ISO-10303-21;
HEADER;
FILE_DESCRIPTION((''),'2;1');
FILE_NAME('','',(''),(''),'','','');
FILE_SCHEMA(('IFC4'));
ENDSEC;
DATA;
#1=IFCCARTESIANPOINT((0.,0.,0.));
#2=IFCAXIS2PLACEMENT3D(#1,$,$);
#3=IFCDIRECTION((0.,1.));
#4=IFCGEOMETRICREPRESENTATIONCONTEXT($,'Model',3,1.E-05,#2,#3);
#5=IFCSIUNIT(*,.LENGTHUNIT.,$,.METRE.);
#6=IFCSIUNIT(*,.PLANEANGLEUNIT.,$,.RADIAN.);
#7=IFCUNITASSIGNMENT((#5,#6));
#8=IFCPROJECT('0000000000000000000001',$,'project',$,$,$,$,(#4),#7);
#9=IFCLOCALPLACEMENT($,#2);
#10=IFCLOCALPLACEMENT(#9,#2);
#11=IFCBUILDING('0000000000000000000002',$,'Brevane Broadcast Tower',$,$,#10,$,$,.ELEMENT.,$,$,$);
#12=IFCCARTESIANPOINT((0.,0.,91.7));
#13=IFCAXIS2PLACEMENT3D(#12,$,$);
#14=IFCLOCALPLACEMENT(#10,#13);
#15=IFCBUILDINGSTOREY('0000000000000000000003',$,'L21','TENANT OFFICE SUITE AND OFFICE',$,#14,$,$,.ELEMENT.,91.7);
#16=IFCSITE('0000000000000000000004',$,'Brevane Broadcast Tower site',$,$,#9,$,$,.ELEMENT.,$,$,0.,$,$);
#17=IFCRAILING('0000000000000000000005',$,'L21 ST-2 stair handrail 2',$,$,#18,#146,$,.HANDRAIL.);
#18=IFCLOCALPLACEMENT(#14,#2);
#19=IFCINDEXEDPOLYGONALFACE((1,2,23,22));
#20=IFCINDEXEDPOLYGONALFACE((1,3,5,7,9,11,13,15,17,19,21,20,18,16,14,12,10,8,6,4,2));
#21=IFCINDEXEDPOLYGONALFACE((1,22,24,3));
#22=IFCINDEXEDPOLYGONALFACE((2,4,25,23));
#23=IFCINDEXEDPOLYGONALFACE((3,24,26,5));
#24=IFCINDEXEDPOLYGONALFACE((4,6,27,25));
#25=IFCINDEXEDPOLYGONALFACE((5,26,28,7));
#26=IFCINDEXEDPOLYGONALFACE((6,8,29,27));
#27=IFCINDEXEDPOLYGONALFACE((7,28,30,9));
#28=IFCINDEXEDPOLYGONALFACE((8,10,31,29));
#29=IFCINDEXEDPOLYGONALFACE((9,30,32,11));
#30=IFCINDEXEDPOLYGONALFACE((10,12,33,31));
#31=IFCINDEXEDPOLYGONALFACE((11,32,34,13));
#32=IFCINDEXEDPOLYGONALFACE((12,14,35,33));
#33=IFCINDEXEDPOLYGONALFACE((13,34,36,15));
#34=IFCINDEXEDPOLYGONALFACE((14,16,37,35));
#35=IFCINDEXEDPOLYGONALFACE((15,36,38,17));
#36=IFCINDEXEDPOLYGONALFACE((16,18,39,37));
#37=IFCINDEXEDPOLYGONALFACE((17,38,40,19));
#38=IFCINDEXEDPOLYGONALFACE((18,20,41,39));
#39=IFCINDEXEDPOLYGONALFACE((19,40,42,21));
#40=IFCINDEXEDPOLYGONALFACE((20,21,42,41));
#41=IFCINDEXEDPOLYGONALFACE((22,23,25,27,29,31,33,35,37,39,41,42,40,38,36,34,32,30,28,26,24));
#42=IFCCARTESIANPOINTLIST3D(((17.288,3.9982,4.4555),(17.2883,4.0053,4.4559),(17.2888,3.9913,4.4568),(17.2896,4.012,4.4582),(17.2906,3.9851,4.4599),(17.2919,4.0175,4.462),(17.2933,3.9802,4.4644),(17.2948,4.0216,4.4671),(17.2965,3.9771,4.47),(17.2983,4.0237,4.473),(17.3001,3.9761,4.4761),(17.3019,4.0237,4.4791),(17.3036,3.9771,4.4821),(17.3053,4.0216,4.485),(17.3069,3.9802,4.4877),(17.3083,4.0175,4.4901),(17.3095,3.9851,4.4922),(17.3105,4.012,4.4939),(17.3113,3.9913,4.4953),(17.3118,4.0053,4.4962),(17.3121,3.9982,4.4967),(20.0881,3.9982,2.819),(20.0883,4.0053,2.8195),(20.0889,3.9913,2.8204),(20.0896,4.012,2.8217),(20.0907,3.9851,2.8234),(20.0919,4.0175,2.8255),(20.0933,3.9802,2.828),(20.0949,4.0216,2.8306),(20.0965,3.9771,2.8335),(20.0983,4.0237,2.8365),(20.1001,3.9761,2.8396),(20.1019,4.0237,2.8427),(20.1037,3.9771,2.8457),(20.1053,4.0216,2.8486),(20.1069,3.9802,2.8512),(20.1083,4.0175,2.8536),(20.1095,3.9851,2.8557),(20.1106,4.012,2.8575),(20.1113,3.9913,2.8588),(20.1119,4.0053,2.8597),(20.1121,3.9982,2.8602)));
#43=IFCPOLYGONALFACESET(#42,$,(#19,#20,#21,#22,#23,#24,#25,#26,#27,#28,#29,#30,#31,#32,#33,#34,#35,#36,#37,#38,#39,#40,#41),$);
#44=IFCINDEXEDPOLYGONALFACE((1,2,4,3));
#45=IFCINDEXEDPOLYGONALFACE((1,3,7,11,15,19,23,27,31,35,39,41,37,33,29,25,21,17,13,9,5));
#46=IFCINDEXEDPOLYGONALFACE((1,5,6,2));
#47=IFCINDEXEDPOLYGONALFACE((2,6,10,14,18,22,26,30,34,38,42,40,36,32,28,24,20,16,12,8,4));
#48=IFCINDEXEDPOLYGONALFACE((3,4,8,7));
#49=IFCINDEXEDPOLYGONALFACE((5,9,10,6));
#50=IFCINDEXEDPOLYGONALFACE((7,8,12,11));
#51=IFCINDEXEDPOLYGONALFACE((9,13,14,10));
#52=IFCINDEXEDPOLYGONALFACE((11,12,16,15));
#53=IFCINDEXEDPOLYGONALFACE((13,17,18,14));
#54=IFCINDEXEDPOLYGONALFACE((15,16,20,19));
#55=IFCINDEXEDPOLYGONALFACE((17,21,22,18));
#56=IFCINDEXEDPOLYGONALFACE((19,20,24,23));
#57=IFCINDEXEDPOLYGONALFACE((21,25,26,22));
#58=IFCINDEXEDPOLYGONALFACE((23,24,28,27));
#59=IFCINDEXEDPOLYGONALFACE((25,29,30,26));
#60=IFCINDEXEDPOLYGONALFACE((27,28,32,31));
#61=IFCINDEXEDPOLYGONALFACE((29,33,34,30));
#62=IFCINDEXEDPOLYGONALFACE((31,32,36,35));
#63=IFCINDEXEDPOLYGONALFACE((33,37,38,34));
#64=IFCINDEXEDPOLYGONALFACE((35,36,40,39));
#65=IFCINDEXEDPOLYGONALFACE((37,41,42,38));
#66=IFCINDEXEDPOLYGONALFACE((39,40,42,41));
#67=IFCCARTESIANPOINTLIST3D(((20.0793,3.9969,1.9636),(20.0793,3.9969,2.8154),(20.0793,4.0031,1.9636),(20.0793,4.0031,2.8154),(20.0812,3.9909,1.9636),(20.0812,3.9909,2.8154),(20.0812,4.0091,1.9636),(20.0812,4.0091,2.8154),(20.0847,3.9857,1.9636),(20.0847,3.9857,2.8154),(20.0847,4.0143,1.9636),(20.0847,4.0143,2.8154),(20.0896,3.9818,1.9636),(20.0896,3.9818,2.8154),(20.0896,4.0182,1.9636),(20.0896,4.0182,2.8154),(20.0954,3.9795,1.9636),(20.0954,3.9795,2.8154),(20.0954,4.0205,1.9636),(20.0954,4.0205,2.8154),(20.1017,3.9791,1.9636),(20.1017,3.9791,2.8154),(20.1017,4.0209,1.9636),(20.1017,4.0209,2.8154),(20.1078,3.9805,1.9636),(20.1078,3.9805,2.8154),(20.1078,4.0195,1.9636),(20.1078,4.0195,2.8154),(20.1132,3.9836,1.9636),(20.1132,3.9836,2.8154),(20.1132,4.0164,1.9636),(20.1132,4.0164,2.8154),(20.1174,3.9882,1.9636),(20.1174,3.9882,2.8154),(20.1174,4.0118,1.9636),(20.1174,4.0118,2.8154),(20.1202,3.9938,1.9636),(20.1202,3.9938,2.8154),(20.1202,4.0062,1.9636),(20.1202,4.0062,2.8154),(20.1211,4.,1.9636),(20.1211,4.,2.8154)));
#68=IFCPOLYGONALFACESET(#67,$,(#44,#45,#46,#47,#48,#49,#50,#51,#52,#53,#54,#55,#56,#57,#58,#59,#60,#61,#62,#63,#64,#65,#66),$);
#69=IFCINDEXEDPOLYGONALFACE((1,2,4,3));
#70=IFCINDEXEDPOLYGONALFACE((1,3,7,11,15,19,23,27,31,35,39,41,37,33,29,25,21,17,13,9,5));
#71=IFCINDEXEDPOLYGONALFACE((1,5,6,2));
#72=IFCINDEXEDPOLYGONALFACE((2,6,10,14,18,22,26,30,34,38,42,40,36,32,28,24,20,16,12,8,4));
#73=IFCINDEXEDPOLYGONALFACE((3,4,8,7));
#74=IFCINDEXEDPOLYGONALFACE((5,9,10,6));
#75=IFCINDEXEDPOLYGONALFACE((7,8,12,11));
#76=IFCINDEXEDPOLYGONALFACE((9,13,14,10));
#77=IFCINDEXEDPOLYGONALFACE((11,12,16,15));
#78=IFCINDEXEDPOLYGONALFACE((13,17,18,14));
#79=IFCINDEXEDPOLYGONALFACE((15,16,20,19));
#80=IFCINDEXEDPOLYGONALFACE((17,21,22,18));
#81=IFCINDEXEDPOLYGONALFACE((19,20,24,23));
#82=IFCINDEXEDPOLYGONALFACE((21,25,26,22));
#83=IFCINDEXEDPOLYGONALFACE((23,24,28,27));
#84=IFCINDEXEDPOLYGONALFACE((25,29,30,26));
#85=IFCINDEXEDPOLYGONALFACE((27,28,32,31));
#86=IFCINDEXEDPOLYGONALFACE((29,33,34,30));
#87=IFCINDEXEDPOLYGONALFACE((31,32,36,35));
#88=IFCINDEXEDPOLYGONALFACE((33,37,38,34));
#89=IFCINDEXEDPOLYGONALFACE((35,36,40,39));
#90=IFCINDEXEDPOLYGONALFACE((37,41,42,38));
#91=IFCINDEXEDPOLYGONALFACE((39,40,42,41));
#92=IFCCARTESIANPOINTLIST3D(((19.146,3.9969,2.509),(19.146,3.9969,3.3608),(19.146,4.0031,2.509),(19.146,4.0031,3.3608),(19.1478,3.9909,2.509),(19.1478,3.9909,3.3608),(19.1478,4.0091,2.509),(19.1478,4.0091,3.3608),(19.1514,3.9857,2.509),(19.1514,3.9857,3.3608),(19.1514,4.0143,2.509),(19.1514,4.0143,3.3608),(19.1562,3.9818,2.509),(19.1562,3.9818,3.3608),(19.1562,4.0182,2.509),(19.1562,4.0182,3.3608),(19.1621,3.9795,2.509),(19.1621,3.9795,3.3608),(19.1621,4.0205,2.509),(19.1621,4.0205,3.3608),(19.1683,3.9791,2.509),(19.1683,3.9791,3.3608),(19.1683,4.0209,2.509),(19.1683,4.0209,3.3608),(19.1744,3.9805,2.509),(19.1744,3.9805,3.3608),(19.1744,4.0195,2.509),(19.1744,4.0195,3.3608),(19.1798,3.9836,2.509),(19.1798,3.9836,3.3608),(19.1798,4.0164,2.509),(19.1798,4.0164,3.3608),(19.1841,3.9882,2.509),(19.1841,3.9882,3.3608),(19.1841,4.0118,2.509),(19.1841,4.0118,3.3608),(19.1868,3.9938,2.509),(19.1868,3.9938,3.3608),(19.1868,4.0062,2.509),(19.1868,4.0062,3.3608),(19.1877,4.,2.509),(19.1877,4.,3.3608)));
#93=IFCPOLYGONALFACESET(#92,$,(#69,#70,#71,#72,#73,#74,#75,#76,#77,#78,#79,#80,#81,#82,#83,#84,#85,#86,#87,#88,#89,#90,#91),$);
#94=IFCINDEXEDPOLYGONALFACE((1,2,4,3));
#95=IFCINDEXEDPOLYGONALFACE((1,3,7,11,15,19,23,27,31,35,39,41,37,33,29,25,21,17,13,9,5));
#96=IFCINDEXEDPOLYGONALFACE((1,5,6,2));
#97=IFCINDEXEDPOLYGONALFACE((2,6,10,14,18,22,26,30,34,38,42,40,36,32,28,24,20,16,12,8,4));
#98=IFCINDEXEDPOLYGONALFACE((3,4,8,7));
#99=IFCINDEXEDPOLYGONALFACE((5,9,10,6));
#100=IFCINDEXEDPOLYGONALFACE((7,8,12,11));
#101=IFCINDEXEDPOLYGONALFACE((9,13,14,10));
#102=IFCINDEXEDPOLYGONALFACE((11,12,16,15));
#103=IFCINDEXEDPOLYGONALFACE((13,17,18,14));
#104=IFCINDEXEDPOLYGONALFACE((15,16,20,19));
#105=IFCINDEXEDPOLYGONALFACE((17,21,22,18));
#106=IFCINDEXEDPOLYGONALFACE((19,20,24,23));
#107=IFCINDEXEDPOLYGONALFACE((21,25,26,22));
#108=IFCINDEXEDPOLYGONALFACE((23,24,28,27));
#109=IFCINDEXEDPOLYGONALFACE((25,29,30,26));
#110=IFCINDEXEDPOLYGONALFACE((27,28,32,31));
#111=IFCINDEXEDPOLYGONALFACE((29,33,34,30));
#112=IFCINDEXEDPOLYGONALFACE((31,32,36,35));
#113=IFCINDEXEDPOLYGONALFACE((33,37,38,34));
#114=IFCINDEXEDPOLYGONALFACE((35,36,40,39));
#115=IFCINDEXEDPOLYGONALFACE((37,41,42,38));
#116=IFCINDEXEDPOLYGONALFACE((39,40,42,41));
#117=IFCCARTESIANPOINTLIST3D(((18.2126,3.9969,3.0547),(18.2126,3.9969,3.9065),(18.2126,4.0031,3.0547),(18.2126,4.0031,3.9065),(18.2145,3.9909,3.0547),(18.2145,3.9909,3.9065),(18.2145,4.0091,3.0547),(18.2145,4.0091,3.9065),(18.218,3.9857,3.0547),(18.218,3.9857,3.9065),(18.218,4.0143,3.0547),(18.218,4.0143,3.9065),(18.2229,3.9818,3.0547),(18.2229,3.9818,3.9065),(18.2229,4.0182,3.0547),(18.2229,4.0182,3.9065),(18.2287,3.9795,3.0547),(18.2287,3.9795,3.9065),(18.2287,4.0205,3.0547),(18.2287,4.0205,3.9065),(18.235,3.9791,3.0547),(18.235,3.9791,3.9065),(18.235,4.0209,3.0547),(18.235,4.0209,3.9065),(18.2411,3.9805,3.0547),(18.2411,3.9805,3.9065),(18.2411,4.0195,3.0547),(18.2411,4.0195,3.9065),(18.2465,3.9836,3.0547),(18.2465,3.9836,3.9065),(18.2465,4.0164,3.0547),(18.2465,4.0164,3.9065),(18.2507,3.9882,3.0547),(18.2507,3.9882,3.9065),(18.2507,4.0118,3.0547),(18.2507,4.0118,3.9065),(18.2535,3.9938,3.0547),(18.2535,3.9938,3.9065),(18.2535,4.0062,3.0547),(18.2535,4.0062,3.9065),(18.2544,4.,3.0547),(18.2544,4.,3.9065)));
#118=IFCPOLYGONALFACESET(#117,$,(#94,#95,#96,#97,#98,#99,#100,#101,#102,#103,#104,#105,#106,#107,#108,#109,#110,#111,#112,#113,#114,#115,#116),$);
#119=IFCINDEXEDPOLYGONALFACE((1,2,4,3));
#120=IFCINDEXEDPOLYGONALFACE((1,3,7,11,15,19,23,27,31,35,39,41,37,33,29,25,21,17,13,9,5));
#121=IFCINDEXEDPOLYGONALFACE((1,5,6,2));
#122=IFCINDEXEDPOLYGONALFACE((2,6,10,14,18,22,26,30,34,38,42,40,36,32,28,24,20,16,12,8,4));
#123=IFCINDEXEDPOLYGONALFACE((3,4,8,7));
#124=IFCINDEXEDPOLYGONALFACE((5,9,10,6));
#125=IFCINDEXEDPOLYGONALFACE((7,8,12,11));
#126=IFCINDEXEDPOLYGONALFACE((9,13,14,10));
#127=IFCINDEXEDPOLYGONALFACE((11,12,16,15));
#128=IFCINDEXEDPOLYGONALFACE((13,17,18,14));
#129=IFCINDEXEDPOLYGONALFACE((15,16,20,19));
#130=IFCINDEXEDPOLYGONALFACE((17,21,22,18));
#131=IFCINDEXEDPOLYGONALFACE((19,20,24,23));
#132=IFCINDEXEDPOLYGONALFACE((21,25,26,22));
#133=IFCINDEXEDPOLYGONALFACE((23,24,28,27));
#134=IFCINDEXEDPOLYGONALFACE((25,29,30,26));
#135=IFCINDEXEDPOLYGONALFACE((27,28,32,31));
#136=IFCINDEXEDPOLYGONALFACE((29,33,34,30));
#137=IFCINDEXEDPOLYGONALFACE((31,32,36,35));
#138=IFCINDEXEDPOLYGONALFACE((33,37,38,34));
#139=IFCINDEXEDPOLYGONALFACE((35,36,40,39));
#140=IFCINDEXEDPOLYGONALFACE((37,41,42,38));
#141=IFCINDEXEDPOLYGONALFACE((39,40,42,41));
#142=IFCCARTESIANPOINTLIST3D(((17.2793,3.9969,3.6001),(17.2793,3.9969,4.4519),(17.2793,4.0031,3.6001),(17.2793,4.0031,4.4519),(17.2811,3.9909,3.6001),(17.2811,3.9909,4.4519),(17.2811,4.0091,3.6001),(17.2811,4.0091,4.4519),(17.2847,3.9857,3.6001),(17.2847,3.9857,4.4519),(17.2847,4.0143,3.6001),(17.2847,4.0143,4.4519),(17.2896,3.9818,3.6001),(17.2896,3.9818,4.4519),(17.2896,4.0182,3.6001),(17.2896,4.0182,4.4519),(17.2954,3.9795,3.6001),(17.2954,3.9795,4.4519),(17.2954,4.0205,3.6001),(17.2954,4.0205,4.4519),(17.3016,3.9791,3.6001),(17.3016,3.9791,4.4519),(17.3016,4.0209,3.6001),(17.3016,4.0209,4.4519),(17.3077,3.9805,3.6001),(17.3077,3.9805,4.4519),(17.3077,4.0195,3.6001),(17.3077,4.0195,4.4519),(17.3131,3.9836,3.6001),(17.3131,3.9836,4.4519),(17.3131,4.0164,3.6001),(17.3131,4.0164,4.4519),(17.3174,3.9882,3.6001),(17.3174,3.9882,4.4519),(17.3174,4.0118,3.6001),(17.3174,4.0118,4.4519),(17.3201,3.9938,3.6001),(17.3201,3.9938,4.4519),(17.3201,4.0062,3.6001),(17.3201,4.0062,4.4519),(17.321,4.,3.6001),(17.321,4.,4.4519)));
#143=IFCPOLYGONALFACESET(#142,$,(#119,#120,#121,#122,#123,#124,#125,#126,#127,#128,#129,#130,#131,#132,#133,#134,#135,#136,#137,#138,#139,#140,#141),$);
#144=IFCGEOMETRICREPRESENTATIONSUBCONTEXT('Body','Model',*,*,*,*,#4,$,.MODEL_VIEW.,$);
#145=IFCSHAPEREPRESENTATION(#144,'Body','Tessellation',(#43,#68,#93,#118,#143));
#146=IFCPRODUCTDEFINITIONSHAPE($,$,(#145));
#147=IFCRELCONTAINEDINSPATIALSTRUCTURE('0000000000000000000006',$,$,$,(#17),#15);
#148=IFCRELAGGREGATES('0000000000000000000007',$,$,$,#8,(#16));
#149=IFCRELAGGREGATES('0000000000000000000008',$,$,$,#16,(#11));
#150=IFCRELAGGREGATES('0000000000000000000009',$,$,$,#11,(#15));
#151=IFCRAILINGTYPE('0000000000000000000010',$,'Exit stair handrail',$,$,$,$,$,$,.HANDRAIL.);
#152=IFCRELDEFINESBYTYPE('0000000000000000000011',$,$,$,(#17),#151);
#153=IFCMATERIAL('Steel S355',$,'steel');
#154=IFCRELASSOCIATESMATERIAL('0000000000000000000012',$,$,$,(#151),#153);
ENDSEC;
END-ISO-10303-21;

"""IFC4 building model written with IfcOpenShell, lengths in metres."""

from ifc_helpers import new_model, si_unit, direction, frame, origin, origin_2d, place, context, subcontext, project, spatial, circle, extrude, material, type_object, element, save


model = new_model("IFC4")

# Units and contexts
model_context = context("Model", 3, precision=1e-05, world=origin(), true_north=direction((0.0, 1.0)))
body_context = subcontext(model_context, "Body", "Model", "MODEL_VIEW")
ifc_project = project(units=[si_unit("LENGTHUNIT", "METRE"), si_unit("PLANEANGLEUNIT", "RADIAN")], contexts=[model_context])

# Site, building, storey
site_placement = place(None, origin())
site = spatial("IfcSite", under=ifc_project, at=site_placement, Name="Brevane Broadcast Tower site", CompositionType="ELEMENT", RefElevation=0.0)
building_placement = place(site_placement, origin())
building = spatial("IfcBuilding", under=site, at=building_placement, Name="Brevane Broadcast Tower", CompositionType="ELEMENT")
storey_placement = place(building_placement, frame((0.0, 0.0, 91.7)))
storey = spatial("IfcBuildingStorey", under=building, at=storey_placement, Name="L21", Description="TENANT OFFICE SUITE AND OFFICE", CompositionType="ELEMENT", Elevation=91.7)

# Railing
ifc_material_1 = material(Name="Steel S355", Category="steel")
railing_type_1 = type_object("IfcRailingType", Name="Exit stair handrail", PredefinedType="HANDRAIL", material=ifc_material_1)
railing_1_placement = place(storey_placement, frame((20.1001, 4.0, 1.9636)))
element("IfcRailing", 1, at=railing_1_placement, inside=storey, type_object=railing_type_1, Name="L21 ST-2 stair handrail 2", PredefinedType="HANDRAIL", context=body_context, shape_type="SweptSolid", body=[
    extrude(circle(Radius=0.0239, at=origin_2d()), frame((0.0, 0.0, 0.876), z_axis=(-0.863361, 0.0, 0.504587), x_axis=(0.0, -1.0, 0.0)), (0.0, 0.0, 1.0), 3.2432),
    extrude(circle(Radius=0.021, at=origin_2d()), origin(), (0.0, 0.0, 1.0), 0.8518),
    extrude(circle(Radius=0.021, at=origin_2d()), frame((-0.9333, 0.0, 0.5454)), (0.0, 0.0, 1.0), 0.8518),
    extrude(circle(Radius=0.021, at=origin_2d()), frame((-1.8667, 0.0, 1.0911)), (0.0, 0.0, 1.0), 0.8518),
    extrude(circle(Radius=0.021, at=origin_2d()), frame((-2.8, 0.0, 1.6365)), (0.0, 0.0, 1.0), 0.8518),
])

save(model, "model.ifc")
